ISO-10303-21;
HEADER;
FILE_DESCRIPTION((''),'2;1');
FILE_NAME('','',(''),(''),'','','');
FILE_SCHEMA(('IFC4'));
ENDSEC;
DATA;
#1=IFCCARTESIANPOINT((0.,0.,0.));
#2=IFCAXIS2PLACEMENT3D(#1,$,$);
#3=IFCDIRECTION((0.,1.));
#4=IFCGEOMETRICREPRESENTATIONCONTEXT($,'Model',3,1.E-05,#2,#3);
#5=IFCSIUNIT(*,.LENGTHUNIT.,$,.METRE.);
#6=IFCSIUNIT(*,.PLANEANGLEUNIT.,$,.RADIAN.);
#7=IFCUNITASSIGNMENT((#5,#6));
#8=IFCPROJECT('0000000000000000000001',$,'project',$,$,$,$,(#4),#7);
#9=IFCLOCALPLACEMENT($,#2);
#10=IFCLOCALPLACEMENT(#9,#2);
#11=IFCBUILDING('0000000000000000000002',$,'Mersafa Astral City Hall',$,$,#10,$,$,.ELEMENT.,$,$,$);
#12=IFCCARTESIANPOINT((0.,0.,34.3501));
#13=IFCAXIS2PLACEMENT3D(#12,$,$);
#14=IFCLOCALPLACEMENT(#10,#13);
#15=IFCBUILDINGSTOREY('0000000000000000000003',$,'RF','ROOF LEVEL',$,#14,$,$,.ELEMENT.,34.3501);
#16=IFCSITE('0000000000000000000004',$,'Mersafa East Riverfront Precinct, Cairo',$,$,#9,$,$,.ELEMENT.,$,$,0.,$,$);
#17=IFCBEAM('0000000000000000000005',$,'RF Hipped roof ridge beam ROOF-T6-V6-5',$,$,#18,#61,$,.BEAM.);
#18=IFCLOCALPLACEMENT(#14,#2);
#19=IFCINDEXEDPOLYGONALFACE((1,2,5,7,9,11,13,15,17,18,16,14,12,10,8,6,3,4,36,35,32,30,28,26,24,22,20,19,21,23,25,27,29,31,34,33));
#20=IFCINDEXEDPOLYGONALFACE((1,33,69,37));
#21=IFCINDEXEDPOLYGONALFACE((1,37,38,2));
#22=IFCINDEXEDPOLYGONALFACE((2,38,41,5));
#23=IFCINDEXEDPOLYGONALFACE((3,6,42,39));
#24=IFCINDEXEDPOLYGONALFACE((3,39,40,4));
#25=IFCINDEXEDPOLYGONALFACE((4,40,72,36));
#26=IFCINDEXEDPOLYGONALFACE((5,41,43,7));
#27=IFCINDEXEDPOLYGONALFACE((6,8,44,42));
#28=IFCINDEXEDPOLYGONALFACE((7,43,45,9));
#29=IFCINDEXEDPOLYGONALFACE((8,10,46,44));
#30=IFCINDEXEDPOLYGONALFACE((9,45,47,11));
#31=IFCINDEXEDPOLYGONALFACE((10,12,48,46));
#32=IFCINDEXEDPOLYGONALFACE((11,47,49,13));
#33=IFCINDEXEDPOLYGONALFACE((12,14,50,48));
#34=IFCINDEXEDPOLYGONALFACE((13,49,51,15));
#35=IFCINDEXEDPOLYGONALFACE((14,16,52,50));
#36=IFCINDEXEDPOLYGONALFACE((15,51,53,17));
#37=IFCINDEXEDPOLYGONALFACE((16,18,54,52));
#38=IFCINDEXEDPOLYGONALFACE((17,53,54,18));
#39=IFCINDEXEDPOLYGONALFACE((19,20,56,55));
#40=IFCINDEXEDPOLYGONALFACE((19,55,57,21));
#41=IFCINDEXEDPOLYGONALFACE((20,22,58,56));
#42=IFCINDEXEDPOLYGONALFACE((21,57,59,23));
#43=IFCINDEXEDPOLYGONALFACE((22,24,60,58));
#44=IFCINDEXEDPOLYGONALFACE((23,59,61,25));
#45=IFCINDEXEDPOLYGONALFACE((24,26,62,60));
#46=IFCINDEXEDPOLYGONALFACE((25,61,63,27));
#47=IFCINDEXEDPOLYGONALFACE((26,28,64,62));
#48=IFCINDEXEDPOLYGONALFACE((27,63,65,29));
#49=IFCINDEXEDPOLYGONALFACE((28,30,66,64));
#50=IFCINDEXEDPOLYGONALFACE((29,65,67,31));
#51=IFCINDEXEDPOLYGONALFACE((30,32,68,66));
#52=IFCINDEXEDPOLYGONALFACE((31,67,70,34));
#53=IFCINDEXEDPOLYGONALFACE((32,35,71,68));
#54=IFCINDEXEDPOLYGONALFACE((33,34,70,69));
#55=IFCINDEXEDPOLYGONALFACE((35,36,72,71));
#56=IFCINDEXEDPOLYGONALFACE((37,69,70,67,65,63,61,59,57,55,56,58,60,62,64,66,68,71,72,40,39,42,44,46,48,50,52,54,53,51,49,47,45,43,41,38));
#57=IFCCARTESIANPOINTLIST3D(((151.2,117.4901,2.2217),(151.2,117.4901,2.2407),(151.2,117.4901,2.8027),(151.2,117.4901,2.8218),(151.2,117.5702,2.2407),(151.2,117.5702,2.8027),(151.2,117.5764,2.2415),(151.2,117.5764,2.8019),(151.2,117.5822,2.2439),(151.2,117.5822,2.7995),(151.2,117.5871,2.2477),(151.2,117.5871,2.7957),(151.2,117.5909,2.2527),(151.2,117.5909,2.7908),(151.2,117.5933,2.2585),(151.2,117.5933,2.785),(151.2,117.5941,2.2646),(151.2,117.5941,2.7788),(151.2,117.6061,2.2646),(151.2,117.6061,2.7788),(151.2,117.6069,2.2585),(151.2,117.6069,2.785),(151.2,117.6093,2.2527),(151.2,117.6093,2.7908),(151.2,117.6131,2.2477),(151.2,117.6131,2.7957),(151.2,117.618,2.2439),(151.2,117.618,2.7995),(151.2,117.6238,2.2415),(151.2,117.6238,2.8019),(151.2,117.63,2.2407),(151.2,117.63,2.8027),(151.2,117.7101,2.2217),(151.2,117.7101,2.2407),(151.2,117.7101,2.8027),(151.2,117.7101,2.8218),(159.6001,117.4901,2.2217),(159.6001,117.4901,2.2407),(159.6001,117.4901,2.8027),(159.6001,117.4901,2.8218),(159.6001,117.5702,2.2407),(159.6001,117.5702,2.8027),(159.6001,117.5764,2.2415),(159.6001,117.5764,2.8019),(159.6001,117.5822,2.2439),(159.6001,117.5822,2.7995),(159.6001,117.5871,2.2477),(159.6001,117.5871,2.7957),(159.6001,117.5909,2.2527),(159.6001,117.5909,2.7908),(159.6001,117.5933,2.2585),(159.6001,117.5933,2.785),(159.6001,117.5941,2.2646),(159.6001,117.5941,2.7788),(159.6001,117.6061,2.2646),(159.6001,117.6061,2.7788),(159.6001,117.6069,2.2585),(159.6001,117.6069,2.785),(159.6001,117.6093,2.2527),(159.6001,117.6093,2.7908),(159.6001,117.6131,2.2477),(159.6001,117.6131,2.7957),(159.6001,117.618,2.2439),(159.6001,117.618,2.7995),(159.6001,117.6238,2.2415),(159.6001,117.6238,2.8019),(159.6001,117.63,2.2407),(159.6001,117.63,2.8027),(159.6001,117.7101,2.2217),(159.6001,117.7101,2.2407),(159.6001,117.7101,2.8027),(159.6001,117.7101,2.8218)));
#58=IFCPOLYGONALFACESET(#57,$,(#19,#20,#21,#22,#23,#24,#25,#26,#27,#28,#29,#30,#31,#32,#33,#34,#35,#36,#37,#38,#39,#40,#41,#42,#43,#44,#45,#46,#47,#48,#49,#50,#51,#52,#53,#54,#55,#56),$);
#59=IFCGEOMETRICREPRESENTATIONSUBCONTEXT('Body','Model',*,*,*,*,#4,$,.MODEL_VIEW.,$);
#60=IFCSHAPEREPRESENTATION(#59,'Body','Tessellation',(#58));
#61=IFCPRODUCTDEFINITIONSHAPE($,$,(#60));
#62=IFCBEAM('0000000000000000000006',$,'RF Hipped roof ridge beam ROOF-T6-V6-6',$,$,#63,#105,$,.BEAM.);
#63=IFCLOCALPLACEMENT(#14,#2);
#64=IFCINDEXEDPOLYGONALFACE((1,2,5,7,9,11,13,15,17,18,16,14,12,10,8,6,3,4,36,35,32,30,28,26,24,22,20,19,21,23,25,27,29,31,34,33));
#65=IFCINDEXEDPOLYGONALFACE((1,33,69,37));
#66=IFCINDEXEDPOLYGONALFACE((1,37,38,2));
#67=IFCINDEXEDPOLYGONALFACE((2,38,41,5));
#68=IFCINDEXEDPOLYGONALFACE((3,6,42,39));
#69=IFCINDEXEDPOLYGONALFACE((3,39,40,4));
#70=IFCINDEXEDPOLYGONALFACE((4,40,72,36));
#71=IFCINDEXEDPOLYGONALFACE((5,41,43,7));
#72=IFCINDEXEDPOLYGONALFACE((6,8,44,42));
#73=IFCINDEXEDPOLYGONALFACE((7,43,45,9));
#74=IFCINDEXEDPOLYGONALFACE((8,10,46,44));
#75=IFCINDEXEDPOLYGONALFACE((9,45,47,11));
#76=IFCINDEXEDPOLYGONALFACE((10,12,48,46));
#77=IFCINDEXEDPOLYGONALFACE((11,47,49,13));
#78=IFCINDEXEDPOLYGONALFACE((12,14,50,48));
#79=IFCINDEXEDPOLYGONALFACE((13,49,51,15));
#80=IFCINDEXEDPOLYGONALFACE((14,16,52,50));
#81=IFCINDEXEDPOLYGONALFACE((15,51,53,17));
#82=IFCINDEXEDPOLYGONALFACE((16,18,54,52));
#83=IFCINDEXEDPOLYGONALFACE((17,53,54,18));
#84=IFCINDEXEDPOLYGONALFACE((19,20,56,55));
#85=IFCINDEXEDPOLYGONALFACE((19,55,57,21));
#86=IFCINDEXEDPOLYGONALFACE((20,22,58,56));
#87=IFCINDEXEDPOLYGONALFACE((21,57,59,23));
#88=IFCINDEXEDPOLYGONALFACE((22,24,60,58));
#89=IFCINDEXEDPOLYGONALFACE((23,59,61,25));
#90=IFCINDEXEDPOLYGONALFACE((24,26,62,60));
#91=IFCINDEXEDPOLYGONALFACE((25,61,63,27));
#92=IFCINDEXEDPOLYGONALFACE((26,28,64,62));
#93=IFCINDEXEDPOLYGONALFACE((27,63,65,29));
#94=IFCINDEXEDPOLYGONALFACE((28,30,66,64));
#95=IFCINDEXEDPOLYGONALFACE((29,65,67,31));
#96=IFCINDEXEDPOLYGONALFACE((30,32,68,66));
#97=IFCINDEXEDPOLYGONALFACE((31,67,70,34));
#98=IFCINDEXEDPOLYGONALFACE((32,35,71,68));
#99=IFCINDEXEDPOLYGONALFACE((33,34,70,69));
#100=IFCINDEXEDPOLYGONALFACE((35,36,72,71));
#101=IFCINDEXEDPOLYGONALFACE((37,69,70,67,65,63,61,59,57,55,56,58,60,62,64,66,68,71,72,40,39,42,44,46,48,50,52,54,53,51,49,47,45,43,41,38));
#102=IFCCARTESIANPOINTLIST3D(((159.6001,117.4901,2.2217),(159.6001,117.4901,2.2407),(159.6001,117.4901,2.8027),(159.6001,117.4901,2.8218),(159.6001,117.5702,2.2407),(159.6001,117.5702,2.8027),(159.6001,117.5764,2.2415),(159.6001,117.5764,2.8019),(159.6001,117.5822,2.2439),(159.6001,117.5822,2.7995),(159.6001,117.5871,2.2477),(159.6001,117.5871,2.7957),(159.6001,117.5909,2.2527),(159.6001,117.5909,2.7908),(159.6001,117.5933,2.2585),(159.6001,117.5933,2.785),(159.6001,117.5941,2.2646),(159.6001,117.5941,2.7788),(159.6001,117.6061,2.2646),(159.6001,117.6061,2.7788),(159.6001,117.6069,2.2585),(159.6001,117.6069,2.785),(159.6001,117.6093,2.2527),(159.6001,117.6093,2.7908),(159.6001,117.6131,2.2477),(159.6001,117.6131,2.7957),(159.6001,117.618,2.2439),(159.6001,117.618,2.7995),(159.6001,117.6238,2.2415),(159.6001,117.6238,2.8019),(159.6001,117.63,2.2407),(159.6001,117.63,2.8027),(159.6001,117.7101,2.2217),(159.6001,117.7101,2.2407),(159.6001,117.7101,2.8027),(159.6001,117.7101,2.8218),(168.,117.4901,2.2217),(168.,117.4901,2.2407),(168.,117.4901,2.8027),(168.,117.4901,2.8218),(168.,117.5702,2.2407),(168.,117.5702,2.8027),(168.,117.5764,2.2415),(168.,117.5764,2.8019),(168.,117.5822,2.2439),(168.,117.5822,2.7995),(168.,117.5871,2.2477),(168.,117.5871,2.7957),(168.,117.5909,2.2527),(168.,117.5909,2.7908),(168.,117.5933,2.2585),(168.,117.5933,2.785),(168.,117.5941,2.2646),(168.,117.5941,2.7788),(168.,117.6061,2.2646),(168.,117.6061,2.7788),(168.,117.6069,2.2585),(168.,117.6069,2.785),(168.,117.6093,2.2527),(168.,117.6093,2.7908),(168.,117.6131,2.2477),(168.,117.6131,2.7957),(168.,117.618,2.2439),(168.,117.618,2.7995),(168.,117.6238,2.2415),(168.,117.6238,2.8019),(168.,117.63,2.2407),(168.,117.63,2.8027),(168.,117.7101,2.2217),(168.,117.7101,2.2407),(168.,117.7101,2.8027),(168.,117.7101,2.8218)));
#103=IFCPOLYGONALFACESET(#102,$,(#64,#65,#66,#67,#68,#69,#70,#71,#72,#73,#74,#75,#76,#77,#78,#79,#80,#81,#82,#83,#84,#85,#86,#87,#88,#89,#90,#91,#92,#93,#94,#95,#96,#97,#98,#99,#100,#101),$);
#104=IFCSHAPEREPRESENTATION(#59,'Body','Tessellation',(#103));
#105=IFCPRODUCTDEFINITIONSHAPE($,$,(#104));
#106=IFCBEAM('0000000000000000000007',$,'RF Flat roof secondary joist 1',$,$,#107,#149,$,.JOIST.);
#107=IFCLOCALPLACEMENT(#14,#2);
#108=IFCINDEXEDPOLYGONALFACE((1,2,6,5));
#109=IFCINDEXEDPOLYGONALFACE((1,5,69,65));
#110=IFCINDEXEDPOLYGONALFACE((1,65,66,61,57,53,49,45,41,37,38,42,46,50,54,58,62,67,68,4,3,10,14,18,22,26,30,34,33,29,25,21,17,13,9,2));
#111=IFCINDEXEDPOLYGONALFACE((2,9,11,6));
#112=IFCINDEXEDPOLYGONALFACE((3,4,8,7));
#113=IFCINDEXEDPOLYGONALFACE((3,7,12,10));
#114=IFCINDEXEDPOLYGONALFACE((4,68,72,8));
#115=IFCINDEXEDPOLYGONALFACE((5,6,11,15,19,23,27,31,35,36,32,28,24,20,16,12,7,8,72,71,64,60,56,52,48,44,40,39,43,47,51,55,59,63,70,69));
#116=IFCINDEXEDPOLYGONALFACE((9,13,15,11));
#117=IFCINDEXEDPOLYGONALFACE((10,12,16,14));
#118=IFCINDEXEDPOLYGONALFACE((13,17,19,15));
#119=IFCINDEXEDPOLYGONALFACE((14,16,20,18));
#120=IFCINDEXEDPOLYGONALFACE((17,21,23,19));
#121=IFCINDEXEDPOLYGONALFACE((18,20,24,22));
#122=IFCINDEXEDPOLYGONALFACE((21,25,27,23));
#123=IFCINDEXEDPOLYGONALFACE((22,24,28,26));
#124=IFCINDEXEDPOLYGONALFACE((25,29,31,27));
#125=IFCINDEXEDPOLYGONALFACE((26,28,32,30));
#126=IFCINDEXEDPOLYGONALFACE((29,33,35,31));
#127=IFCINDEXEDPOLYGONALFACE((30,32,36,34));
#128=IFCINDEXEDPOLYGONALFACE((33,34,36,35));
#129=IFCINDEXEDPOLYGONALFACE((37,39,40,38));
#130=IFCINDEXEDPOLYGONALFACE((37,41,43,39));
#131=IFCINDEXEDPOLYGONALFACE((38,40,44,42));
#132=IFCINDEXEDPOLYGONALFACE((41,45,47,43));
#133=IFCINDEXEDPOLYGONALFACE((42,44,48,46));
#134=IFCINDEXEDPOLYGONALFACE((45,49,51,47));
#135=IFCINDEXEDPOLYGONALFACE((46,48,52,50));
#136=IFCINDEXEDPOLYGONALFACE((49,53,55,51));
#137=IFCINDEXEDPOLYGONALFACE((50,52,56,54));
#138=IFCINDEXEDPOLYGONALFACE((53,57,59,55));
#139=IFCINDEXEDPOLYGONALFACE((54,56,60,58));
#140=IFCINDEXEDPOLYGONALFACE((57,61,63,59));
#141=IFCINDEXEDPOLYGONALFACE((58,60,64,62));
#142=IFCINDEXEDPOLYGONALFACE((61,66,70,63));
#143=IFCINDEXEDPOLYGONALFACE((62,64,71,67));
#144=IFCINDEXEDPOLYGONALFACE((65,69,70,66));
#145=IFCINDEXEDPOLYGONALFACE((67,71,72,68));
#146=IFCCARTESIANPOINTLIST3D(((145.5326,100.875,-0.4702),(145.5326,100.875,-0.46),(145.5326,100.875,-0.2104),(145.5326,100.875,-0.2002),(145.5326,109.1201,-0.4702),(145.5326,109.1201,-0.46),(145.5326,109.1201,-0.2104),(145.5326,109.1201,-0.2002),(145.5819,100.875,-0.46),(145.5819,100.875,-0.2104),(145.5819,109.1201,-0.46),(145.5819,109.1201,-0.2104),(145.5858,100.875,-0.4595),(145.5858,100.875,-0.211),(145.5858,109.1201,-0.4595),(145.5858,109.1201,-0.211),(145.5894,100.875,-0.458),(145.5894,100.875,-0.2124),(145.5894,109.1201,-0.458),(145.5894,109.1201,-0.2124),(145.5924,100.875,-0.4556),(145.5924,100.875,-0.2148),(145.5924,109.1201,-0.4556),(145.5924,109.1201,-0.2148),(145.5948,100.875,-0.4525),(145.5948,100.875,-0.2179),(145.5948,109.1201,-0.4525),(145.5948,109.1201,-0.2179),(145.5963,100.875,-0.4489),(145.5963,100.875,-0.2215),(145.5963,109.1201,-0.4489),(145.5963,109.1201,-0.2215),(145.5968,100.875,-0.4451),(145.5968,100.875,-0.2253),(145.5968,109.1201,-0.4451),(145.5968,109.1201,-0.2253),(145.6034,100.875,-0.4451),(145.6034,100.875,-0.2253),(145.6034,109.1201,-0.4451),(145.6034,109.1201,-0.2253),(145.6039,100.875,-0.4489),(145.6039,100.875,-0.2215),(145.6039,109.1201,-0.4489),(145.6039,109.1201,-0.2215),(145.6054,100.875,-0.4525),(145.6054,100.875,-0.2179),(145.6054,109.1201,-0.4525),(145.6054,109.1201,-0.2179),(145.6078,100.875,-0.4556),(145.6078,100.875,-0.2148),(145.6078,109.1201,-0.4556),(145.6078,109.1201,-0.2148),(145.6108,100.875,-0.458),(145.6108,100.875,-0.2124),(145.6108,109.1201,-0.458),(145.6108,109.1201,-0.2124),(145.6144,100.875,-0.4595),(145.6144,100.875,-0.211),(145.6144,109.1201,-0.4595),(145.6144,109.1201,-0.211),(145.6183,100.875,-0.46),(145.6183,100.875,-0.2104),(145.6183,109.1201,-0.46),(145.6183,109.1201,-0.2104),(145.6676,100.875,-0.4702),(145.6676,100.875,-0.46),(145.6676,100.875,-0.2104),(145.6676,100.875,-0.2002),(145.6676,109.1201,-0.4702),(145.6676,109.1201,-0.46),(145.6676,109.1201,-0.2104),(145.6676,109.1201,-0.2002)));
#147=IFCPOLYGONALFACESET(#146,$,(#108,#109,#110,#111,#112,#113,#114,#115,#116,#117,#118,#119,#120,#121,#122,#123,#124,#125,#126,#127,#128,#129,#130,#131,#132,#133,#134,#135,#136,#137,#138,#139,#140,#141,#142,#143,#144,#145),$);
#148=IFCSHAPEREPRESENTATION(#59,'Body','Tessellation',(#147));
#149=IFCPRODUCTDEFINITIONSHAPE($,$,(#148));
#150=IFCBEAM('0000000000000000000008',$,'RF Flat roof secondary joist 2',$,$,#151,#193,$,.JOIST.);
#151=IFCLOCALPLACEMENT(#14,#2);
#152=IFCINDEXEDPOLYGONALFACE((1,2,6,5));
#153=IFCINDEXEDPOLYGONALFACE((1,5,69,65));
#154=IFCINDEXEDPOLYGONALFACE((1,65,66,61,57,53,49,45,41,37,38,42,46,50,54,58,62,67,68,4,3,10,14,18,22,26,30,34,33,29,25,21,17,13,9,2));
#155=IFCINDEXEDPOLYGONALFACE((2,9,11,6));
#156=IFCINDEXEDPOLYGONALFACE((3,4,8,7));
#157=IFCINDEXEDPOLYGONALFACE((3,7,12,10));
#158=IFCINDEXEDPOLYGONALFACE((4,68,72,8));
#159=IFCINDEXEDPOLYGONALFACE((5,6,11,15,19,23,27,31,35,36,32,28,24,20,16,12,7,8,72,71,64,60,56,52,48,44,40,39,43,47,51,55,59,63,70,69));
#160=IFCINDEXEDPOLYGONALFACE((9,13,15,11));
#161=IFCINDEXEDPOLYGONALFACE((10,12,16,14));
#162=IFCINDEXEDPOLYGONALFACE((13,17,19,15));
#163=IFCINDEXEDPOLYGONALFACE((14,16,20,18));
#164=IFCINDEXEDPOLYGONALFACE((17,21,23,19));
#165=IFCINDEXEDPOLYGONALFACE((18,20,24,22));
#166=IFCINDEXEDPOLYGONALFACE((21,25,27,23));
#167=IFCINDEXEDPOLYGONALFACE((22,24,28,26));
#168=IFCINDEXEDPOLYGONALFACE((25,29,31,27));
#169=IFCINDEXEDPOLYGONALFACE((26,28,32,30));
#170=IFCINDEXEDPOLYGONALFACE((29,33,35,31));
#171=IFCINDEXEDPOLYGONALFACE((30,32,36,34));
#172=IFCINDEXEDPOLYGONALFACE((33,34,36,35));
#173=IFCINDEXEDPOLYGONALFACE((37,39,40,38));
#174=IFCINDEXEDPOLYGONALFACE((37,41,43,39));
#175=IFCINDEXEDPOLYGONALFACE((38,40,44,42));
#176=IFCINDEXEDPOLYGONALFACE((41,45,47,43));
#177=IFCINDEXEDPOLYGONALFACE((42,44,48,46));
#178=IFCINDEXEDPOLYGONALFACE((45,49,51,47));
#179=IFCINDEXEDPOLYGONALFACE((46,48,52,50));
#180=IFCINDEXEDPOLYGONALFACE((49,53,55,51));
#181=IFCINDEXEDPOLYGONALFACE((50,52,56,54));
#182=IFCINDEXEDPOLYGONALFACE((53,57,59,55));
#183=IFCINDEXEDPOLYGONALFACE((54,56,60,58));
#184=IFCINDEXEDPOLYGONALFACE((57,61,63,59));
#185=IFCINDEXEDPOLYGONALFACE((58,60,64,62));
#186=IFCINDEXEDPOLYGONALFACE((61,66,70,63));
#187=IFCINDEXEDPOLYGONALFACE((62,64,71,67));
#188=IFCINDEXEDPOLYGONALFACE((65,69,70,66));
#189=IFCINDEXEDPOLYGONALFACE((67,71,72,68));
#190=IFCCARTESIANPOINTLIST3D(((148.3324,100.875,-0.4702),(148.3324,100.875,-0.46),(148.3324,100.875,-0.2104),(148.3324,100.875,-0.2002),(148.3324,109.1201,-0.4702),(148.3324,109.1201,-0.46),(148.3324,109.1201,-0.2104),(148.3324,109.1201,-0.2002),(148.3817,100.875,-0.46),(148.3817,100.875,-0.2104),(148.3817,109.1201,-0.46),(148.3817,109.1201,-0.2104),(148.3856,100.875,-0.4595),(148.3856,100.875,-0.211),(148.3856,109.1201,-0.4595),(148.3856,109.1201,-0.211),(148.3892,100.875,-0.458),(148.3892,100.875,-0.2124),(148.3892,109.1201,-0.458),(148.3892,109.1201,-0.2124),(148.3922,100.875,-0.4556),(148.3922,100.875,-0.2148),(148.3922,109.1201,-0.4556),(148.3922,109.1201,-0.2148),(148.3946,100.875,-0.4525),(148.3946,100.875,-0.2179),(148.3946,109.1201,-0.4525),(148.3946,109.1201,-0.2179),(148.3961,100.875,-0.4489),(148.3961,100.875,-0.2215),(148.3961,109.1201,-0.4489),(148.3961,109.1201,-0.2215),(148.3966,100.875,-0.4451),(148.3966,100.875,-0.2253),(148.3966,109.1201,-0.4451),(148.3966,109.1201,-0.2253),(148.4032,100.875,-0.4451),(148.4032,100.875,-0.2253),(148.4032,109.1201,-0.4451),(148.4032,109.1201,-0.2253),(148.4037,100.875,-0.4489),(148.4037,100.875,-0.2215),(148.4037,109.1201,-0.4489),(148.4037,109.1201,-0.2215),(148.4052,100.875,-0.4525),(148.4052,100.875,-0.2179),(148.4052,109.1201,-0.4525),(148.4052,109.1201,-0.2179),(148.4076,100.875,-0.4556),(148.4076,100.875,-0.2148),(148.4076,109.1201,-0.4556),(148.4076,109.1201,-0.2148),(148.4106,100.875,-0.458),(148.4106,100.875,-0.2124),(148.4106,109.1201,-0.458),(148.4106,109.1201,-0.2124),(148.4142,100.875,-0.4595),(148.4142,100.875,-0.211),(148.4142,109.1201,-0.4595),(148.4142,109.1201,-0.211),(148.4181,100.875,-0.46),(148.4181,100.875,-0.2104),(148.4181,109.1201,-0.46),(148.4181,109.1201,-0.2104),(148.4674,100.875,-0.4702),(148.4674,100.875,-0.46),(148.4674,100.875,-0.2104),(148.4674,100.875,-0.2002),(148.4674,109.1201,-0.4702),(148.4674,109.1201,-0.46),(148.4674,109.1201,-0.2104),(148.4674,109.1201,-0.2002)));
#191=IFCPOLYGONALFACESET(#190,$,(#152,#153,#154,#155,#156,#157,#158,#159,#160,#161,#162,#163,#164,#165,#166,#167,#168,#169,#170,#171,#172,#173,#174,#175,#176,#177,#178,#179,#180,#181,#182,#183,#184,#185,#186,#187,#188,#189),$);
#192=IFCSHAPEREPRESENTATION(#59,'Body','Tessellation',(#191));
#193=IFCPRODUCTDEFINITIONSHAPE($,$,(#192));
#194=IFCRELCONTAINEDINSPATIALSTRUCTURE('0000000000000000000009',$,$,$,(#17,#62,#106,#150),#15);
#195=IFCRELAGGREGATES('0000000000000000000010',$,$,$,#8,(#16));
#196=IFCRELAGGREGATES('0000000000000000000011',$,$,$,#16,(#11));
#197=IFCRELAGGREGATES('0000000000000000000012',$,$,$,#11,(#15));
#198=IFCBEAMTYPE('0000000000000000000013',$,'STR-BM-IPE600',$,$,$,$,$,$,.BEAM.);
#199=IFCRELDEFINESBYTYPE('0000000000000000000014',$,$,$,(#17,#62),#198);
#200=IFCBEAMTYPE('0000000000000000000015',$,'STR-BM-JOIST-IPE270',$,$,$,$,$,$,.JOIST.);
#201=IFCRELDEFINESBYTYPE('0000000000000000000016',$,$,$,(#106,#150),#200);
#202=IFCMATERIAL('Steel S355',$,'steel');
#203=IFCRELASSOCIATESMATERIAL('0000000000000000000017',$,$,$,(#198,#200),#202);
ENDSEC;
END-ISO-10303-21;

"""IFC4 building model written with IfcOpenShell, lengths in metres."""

from ifc_helpers import new_model, si_unit, direction, frame, origin, origin_2d, place, context, subcontext, project, spatial, i_section, extrude, material, material_profile, profile_set, type_object, element, save


model = new_model("IFC4")

# Units and contexts
model_context = context("Model", 3, precision=1e-05, world=origin(), true_north=direction((0.0, 1.0)))
body_context = subcontext(model_context, "Body", "Model", "MODEL_VIEW")
ifc_project = project(units=[si_unit("LENGTHUNIT", "METRE"), si_unit("PLANEANGLEUNIT", "RADIAN")], contexts=[model_context])

# Site, building, storey
site_placement = place(None, origin())
site = spatial("IfcSite", under=ifc_project, at=site_placement, Name="Mersafa East Riverfront Precinct, Cairo", CompositionType="ELEMENT", RefElevation=0.0)
building_placement = place(site_placement, origin())
building = spatial("IfcBuilding", under=site, at=building_placement, Name="Mersafa Astral City Hall", CompositionType="ELEMENT")
storey_placement = place(building_placement, frame((0.0, 0.0, 34.3501)))
storey = spatial("IfcBuildingStorey", under=building, at=storey_placement, Name="RF", Description="ROOF LEVEL", CompositionType="ELEMENT", Elevation=34.3501)

# Shared definitions
ifc_material_1 = material(Name="Steel S355", Category="steel")

# Beams
ifc_material_profile_1 = material_profile(ifc_material_1, i_section(OverallWidth=0.22, OverallDepth=0.6001, WebThickness=0.012, FlangeThickness=0.019, FilletRadius=0.0239, at=origin_2d()), Name="IPE 600")
ifc_profile_set_1 = profile_set([ifc_material_profile_1], Name="Steel S355")
beam_type_1 = type_object("IfcBeamType", Name="STR-BM-IPE600", PredefinedType="BEAM", material=ifc_profile_set_1)
beam_1_placement = place(storey_placement, frame((151.2, 117.6001, 2.5217), z_axis=(1.0, 0.0, 0.0), x_axis=(0.0, 1.0, 0.0)))
element("IfcBeam", 1, at=beam_1_placement, inside=storey, type_object=beam_type_1, Name="RF Hipped roof ridge beam ROOF-T6-V6-5", PredefinedType="BEAM", context=body_context, shape_type="SweptSolid", body=[
    extrude(i_section(OverallWidth=0.22, OverallDepth=0.6001, WebThickness=0.012, FlangeThickness=0.019, FilletRadius=0.0239, at=origin_2d()), origin(), (0.0, 0.0, 1.0), 8.4001),
])
beam_2_placement = place(storey_placement, frame((159.6001, 117.6001, 2.5217), z_axis=(1.0, 0.0, 0.0), x_axis=(0.0, 1.0, 0.0)))
element("IfcBeam", 2, at=beam_2_placement, inside=storey, type_object=beam_type_1, Name="RF Hipped roof ridge beam ROOF-T6-V6-6", PredefinedType="BEAM", context=body_context, shape_type="SweptSolid", body=[
    extrude(i_section(OverallWidth=0.22, OverallDepth=0.6001, WebThickness=0.012, FlangeThickness=0.019, FilletRadius=0.0239, at=origin_2d()), origin(), (0.0, 0.0, 1.0), 8.3999),
])
ifc_material_profile_2 = material_profile(ifc_material_1, i_section(OverallWidth=0.135, OverallDepth=0.27, WebThickness=0.0066, FlangeThickness=0.0103, FilletRadius=0.0149, at=origin_2d()), Name="IPE 270")
ifc_profile_set_2 = profile_set([ifc_material_profile_2], Name="Steel S355")
beam_type_2 = type_object("IfcBeamType", Name="STR-BM-JOIST-IPE270", PredefinedType="JOIST", material=ifc_profile_set_2)
for number, where, z_axis, x_axis, name in (
    (3, (145.6001, 100.875, -0.3352), (0.0, 1.0, 0.0), (-1.0, 0.0, 0.0), "RF Flat roof secondary joist 1"),
    (4, (148.3999, 100.875, -0.3352), (0.0, 1.0, 0.0), (-1.0, 0.0, 0.0), "RF Flat roof secondary joist 2"),
):
    element("IfcBeam", number, at=place(storey_placement, frame(where, z_axis=z_axis, x_axis=x_axis)), inside=storey, type_object=beam_type_2, Name=name, PredefinedType="JOIST", context=body_context, shape_type="SweptSolid", body=[
        extrude(i_section(OverallWidth=0.135, OverallDepth=0.27, WebThickness=0.0066, FlangeThickness=0.0103, FilletRadius=0.0149, at=origin_2d()), origin(), (0.0, 0.0, 1.0), 8.2451),
    ])

save(model, "model.ifc")
